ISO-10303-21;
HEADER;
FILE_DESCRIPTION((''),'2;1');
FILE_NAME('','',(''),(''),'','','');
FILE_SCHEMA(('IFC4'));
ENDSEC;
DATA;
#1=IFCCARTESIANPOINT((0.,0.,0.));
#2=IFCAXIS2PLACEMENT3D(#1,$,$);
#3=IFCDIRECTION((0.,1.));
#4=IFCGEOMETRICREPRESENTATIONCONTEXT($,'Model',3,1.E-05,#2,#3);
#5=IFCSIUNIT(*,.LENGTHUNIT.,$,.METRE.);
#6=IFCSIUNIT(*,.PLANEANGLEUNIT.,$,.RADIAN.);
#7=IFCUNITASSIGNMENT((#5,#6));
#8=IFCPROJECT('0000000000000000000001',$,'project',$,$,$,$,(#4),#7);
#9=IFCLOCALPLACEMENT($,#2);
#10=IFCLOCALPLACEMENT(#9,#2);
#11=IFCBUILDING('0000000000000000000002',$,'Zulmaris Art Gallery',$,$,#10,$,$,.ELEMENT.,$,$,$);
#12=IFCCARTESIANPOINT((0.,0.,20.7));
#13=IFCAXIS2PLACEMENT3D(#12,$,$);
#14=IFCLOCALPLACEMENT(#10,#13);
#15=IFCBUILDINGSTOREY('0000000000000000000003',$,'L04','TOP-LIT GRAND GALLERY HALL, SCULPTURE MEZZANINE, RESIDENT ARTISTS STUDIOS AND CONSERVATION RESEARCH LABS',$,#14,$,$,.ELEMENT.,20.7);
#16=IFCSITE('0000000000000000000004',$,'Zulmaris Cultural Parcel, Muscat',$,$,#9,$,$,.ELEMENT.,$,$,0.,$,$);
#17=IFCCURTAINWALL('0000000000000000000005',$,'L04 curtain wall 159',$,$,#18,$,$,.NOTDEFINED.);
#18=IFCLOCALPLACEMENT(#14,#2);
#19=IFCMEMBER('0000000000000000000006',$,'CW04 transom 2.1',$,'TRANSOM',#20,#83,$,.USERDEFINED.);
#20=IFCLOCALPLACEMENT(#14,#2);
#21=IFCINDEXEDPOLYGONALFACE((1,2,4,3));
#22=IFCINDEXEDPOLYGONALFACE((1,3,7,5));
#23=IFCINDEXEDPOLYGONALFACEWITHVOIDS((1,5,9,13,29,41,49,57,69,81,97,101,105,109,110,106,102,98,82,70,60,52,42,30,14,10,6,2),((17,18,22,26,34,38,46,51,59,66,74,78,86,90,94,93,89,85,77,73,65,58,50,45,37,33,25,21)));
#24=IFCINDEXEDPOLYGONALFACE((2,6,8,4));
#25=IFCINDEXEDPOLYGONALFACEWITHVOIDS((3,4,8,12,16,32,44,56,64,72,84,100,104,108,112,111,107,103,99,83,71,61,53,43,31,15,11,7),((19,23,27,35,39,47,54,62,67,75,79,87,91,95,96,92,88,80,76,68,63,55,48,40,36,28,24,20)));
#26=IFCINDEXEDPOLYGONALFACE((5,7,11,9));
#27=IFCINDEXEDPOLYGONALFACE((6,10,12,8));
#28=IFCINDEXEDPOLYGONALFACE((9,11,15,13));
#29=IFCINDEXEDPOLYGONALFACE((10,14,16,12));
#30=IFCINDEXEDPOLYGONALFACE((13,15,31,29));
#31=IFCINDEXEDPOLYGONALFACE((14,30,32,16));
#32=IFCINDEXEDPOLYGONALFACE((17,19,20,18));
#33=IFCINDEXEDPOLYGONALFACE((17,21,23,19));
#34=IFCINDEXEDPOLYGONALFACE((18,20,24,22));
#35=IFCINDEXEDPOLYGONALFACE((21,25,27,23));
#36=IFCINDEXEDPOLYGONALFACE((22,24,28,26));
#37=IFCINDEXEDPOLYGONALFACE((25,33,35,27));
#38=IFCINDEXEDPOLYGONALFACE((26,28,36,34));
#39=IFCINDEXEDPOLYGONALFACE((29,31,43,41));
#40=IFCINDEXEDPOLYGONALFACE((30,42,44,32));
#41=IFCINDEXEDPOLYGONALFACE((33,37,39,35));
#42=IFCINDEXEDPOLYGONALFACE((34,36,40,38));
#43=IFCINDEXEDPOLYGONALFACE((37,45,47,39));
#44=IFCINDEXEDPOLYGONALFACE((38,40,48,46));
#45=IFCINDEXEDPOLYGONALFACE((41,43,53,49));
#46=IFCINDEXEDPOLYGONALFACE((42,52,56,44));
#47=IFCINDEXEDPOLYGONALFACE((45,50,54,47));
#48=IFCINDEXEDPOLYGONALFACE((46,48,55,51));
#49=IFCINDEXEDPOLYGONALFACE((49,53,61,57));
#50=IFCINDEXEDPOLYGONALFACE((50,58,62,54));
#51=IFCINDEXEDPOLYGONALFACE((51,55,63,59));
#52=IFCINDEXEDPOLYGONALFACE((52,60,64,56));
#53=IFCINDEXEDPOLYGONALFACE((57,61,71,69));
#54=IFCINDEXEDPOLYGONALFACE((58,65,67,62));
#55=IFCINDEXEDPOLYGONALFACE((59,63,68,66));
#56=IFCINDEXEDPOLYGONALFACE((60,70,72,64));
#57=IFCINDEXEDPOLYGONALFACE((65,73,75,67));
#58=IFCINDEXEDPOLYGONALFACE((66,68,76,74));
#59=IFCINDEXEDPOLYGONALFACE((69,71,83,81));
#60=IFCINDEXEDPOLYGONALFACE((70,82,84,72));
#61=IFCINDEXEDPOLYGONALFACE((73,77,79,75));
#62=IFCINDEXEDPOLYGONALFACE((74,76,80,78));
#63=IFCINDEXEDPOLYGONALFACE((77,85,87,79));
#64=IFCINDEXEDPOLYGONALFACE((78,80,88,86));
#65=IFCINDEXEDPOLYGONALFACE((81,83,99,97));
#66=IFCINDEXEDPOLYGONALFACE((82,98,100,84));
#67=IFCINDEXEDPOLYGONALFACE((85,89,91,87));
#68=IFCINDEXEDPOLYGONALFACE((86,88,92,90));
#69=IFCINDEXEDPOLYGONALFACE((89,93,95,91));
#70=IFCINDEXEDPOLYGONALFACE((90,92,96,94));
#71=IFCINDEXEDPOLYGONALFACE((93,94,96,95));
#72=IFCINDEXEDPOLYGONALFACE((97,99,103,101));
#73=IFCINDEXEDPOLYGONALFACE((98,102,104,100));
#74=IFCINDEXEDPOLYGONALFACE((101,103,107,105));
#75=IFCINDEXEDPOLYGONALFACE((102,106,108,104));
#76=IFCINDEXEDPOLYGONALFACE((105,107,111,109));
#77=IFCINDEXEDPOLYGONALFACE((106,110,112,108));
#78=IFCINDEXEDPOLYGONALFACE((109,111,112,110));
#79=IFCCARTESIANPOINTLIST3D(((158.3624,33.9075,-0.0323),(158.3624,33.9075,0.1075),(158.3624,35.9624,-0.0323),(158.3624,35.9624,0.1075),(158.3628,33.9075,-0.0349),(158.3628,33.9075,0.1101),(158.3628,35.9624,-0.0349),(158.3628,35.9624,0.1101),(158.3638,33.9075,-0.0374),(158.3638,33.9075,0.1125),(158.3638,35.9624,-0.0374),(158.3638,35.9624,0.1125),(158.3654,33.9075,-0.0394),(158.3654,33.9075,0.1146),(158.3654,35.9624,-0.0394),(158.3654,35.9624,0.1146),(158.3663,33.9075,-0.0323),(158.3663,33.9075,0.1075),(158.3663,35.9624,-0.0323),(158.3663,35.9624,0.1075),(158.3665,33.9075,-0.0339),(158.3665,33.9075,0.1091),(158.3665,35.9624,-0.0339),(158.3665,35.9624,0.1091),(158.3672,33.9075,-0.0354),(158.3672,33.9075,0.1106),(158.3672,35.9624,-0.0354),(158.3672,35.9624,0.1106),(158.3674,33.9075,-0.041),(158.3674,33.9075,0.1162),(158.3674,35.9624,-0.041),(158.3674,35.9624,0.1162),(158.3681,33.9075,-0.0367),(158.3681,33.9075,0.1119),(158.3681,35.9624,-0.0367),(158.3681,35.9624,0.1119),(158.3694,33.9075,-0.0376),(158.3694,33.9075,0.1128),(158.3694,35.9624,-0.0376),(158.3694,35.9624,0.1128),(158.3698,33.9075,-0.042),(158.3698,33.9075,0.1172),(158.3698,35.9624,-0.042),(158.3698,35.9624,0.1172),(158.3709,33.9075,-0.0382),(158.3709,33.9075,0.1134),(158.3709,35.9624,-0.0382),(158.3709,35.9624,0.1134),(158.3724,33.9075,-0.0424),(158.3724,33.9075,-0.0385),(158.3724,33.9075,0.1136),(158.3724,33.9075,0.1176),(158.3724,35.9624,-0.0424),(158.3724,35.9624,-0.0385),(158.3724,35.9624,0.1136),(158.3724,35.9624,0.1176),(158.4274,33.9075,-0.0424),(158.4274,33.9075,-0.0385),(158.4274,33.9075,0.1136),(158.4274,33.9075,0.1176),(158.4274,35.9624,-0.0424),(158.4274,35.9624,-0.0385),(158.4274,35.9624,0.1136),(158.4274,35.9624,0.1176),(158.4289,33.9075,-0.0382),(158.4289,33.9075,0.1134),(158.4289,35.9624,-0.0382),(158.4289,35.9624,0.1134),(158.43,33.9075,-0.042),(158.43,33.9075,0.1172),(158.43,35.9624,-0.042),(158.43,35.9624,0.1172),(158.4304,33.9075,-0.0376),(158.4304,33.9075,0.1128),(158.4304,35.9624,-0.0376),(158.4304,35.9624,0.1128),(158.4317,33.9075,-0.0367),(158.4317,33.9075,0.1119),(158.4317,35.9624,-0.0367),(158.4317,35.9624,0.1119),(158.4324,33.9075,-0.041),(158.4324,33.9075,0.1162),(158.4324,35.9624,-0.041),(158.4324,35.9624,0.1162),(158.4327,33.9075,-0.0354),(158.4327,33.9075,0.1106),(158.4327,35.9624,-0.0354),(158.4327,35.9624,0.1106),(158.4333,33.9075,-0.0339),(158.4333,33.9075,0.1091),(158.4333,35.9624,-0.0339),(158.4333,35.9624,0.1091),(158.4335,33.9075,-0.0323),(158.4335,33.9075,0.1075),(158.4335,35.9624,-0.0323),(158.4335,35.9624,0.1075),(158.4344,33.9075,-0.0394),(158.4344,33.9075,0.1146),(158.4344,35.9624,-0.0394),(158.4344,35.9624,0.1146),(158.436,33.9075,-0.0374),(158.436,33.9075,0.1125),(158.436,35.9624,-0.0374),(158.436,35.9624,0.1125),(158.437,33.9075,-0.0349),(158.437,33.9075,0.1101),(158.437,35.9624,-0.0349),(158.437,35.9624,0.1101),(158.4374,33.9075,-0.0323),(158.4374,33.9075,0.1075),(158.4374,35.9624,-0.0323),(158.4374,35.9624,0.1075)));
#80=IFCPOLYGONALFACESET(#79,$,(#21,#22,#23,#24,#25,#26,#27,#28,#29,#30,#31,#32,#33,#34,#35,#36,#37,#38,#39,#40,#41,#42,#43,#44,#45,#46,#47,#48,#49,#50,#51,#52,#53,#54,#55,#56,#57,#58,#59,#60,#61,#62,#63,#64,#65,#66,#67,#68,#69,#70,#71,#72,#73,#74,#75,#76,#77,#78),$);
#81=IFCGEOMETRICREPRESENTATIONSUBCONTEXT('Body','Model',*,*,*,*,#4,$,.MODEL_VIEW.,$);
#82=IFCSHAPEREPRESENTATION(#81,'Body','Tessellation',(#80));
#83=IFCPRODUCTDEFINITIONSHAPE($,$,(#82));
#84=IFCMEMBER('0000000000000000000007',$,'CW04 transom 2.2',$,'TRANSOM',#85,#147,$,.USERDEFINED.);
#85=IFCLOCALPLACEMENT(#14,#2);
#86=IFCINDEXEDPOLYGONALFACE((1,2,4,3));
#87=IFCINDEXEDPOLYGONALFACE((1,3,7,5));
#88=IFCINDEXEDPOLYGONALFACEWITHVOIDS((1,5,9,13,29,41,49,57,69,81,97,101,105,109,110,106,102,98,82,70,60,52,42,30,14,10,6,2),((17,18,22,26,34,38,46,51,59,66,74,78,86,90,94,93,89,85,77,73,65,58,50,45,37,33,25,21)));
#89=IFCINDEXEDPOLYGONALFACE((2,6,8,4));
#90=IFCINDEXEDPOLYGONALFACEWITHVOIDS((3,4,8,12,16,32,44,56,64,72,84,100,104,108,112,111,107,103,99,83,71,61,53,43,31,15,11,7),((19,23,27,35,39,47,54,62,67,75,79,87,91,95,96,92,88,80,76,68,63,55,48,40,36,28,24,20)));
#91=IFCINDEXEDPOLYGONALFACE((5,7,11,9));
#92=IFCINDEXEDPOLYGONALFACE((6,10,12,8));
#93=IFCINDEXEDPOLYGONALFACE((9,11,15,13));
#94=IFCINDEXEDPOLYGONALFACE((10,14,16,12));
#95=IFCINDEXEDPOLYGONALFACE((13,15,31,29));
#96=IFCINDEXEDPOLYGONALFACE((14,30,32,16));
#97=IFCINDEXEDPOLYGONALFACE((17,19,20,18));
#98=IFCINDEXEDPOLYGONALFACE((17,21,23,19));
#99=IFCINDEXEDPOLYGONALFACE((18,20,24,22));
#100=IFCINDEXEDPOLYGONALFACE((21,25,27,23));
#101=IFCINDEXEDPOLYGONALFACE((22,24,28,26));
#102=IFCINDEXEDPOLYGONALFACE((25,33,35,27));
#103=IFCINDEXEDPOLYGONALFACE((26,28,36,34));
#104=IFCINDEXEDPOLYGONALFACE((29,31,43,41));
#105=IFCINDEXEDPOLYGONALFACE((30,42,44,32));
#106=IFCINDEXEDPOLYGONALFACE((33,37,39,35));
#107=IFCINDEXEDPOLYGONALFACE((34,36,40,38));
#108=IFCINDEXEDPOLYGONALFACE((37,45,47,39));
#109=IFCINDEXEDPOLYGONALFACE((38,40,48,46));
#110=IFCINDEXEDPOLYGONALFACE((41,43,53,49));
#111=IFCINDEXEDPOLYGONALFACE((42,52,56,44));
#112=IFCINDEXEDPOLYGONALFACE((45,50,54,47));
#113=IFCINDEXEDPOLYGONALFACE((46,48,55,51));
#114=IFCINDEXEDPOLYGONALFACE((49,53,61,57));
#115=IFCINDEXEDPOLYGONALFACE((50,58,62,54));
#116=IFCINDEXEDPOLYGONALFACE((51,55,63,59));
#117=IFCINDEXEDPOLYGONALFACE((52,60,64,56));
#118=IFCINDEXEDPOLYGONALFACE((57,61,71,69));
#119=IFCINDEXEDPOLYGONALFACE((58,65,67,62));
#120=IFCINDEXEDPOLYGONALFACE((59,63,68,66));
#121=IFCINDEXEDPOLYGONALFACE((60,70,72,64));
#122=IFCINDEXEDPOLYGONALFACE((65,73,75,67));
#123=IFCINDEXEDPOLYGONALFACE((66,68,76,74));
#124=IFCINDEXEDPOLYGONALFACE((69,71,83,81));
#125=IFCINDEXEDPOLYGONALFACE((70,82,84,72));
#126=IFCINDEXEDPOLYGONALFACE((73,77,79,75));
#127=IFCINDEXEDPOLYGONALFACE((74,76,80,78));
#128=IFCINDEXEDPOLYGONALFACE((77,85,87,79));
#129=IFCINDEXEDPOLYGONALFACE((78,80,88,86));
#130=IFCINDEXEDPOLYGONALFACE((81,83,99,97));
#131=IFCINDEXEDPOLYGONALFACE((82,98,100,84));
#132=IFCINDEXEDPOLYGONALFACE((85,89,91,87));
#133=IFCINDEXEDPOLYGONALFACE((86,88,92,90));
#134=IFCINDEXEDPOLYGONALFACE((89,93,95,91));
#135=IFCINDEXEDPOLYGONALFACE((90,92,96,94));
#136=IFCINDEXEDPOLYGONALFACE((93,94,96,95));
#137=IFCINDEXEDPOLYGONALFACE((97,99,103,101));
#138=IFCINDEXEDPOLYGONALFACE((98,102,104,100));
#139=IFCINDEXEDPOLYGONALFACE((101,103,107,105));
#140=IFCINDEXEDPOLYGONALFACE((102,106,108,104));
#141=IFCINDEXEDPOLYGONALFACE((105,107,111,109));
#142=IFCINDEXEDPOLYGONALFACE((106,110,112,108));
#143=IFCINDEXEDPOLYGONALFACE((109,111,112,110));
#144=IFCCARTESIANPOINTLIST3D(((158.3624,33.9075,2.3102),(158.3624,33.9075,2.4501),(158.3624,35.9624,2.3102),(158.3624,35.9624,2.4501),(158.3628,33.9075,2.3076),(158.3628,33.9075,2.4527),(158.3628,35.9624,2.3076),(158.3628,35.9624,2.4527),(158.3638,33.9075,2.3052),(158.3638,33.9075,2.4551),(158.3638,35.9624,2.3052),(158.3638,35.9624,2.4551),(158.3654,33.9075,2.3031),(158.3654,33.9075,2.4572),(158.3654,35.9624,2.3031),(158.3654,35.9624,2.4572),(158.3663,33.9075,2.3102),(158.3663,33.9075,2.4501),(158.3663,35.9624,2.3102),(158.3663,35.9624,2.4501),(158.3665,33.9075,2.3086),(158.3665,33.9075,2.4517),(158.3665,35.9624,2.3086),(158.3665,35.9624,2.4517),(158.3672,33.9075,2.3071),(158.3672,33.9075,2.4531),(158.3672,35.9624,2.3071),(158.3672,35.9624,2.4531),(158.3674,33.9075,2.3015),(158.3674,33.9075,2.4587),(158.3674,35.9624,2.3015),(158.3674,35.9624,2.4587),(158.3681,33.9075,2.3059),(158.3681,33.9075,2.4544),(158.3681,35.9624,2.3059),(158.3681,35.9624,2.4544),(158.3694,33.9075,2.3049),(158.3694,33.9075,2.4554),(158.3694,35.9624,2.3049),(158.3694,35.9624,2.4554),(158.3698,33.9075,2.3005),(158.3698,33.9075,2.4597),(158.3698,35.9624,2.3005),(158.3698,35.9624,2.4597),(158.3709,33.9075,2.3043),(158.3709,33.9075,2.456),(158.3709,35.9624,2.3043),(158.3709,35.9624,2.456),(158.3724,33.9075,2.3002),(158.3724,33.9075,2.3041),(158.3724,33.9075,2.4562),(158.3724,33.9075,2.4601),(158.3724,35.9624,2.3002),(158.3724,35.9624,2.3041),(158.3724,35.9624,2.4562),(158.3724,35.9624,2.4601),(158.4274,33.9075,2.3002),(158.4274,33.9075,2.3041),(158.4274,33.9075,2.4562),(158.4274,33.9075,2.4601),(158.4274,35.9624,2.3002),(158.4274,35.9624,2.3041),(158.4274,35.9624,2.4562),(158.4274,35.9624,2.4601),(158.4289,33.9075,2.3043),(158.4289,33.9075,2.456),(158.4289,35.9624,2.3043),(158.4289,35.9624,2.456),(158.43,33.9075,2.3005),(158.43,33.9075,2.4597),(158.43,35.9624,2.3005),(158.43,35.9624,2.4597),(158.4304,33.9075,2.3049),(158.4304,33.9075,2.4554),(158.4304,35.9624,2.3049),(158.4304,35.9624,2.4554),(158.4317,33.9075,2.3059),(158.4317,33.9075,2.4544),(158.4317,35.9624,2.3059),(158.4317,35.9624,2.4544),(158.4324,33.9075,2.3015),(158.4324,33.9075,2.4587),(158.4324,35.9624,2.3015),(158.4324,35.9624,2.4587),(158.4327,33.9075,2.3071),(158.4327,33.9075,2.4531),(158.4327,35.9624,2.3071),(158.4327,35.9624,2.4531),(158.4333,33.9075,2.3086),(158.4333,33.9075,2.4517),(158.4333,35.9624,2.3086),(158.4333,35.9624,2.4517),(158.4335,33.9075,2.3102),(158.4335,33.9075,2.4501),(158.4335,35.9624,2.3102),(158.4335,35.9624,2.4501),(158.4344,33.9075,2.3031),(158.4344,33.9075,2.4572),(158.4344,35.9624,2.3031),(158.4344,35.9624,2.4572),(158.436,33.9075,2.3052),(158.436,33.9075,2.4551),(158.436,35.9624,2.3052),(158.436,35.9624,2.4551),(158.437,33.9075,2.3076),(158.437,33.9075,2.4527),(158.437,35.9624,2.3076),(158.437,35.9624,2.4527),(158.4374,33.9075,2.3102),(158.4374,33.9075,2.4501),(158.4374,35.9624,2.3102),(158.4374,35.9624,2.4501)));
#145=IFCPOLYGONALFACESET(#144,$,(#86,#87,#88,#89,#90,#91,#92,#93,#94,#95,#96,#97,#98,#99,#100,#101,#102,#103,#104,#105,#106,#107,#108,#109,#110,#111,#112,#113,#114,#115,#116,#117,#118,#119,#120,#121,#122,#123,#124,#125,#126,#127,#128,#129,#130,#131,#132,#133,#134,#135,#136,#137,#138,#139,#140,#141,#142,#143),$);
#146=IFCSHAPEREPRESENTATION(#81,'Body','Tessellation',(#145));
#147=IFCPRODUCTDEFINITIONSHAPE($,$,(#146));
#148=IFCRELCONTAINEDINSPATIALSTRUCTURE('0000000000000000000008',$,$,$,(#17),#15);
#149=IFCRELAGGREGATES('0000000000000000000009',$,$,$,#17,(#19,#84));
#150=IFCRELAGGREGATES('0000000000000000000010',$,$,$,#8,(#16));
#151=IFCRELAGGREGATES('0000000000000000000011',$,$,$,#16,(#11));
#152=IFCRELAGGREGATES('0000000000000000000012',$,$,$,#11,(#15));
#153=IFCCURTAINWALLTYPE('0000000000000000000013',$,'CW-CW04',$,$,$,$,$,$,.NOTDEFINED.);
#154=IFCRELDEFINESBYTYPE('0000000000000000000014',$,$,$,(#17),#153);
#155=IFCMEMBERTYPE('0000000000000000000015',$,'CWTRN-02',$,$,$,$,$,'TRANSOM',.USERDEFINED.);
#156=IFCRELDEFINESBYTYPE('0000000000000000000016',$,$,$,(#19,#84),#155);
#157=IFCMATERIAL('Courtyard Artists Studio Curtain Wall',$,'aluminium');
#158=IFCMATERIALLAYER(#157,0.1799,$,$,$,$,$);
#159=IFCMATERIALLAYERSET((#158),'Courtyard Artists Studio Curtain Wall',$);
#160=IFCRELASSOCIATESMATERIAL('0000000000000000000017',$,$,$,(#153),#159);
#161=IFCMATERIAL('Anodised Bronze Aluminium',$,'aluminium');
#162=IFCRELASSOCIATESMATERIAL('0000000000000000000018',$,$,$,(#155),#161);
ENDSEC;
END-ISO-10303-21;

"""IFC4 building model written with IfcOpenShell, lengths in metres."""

from ifc_helpers import new_model, si_unit, direction, frame, origin, origin_2d, place, context, subcontext, project, spatial, hollow_rectangle, extrude, material, layer, layer_set, material_profile, profile_set, type_object, element, aggregate, save


model = new_model("IFC4")

# Units and contexts
model_context = context("Model", 3, precision=1e-05, world=origin(), true_north=direction((0.0, 1.0)))
body_context = subcontext(model_context, "Body", "Model", "MODEL_VIEW")
ifc_project = project(units=[si_unit("LENGTHUNIT", "METRE"), si_unit("PLANEANGLEUNIT", "RADIAN")], contexts=[model_context])

# Site, building, storey
site_placement = place(None, origin())
site = spatial("IfcSite", under=ifc_project, at=site_placement, Name="Zulmaris Cultural Parcel, Muscat", CompositionType="ELEMENT", RefElevation=0.0)
building_placement = place(site_placement, origin())
building = spatial("IfcBuilding", under=site, at=building_placement, Name="Zulmaris Art Gallery", CompositionType="ELEMENT")
storey_placement = place(building_placement, frame((0.0, 0.0, 20.7)))
storey = spatial("IfcBuildingStorey", under=building, at=storey_placement, Name="L04", Description="TOP-LIT GRAND GALLERY HALL, SCULPTURE MEZZANINE, RESIDENT ARTISTS STUDIOS AND CONSERVATION RESEARCH LABS", CompositionType="ELEMENT", Elevation=20.7)

# Curtain wall, members
ifc_material_1 = material(Name="Courtyard Artists Studio Curtain Wall", Category="aluminium")
ifc_layer_1 = layer(ifc_material_1, 0.1799)
ifc_layer_set_1 = layer_set([ifc_layer_1], Name="Courtyard Artists Studio Curtain Wall")
curtain_wall_type = type_object("IfcCurtainWallType", Name="CW-CW04", PredefinedType="NOTDEFINED", material=ifc_layer_set_1)
curtain_wall_placement = place(storey_placement, origin())
curtain_wall = element("IfcCurtainWall", 1, at=curtain_wall_placement, inside=storey, type_object=curtain_wall_type, Name="L04 curtain wall 159", PredefinedType="NOTDEFINED")
ifc_material_2 = material(Name="Anodised Bronze Aluminium", Category="aluminium")
ifc_material_profile_1 = material_profile(ifc_material_2, hollow_rectangle(XDim=0.075, YDim=0.1599, WallThickness=0.0039, InnerFilletRadius=0.0061, OuterFilletRadius=0.01, at=origin_2d()), Name="ALU 75x160x4")
ifc_profile_set_1 = profile_set([ifc_material_profile_1], Name="Anodised Bronze Aluminium")
member_type_1 = type_object("IfcMemberType", Name="CWTRN-02", ElementType="TRANSOM", PredefinedType="USERDEFINED", material=ifc_profile_set_1)
member_1_placement = place(storey_placement, frame((158.3999, 33.9075, 0.0376), z_axis=(0.0, 1.0, 0.0), x_axis=(-1.0, 0.0, 0.0)))
member_1 = element("IfcMember", 2, at=member_1_placement, type_object=member_type_1, Name="CW04 transom 2.1", ObjectType="TRANSOM", PredefinedType="USERDEFINED", context=body_context, shape_type="SweptSolid", body=[
    extrude(hollow_rectangle(XDim=0.075, YDim=0.1599, WallThickness=0.0039, InnerFilletRadius=0.0061, OuterFilletRadius=0.01, at=origin_2d()), origin(), (0.0, 0.0, 1.0), 2.0549),
])
member_2_placement = place(storey_placement, frame((158.3999, 33.9075, 2.3801), z_axis=(0.0, 1.0, 0.0), x_axis=(-1.0, 0.0, 0.0)))
member_2 = element("IfcMember", 3, at=member_2_placement, type_object=member_type_1, Name="CW04 transom 2.2", ObjectType="TRANSOM", PredefinedType="USERDEFINED", context=body_context, shape_type="SweptSolid", body=[
    extrude(hollow_rectangle(XDim=0.075, YDim=0.1599, WallThickness=0.0039, InnerFilletRadius=0.0061, OuterFilletRadius=0.01, at=origin_2d()), origin(), (0.0, 0.0, 1.0), 2.0549),
])
aggregate(curtain_wall, [member_1, member_2])

save(model, "model.ifc")
